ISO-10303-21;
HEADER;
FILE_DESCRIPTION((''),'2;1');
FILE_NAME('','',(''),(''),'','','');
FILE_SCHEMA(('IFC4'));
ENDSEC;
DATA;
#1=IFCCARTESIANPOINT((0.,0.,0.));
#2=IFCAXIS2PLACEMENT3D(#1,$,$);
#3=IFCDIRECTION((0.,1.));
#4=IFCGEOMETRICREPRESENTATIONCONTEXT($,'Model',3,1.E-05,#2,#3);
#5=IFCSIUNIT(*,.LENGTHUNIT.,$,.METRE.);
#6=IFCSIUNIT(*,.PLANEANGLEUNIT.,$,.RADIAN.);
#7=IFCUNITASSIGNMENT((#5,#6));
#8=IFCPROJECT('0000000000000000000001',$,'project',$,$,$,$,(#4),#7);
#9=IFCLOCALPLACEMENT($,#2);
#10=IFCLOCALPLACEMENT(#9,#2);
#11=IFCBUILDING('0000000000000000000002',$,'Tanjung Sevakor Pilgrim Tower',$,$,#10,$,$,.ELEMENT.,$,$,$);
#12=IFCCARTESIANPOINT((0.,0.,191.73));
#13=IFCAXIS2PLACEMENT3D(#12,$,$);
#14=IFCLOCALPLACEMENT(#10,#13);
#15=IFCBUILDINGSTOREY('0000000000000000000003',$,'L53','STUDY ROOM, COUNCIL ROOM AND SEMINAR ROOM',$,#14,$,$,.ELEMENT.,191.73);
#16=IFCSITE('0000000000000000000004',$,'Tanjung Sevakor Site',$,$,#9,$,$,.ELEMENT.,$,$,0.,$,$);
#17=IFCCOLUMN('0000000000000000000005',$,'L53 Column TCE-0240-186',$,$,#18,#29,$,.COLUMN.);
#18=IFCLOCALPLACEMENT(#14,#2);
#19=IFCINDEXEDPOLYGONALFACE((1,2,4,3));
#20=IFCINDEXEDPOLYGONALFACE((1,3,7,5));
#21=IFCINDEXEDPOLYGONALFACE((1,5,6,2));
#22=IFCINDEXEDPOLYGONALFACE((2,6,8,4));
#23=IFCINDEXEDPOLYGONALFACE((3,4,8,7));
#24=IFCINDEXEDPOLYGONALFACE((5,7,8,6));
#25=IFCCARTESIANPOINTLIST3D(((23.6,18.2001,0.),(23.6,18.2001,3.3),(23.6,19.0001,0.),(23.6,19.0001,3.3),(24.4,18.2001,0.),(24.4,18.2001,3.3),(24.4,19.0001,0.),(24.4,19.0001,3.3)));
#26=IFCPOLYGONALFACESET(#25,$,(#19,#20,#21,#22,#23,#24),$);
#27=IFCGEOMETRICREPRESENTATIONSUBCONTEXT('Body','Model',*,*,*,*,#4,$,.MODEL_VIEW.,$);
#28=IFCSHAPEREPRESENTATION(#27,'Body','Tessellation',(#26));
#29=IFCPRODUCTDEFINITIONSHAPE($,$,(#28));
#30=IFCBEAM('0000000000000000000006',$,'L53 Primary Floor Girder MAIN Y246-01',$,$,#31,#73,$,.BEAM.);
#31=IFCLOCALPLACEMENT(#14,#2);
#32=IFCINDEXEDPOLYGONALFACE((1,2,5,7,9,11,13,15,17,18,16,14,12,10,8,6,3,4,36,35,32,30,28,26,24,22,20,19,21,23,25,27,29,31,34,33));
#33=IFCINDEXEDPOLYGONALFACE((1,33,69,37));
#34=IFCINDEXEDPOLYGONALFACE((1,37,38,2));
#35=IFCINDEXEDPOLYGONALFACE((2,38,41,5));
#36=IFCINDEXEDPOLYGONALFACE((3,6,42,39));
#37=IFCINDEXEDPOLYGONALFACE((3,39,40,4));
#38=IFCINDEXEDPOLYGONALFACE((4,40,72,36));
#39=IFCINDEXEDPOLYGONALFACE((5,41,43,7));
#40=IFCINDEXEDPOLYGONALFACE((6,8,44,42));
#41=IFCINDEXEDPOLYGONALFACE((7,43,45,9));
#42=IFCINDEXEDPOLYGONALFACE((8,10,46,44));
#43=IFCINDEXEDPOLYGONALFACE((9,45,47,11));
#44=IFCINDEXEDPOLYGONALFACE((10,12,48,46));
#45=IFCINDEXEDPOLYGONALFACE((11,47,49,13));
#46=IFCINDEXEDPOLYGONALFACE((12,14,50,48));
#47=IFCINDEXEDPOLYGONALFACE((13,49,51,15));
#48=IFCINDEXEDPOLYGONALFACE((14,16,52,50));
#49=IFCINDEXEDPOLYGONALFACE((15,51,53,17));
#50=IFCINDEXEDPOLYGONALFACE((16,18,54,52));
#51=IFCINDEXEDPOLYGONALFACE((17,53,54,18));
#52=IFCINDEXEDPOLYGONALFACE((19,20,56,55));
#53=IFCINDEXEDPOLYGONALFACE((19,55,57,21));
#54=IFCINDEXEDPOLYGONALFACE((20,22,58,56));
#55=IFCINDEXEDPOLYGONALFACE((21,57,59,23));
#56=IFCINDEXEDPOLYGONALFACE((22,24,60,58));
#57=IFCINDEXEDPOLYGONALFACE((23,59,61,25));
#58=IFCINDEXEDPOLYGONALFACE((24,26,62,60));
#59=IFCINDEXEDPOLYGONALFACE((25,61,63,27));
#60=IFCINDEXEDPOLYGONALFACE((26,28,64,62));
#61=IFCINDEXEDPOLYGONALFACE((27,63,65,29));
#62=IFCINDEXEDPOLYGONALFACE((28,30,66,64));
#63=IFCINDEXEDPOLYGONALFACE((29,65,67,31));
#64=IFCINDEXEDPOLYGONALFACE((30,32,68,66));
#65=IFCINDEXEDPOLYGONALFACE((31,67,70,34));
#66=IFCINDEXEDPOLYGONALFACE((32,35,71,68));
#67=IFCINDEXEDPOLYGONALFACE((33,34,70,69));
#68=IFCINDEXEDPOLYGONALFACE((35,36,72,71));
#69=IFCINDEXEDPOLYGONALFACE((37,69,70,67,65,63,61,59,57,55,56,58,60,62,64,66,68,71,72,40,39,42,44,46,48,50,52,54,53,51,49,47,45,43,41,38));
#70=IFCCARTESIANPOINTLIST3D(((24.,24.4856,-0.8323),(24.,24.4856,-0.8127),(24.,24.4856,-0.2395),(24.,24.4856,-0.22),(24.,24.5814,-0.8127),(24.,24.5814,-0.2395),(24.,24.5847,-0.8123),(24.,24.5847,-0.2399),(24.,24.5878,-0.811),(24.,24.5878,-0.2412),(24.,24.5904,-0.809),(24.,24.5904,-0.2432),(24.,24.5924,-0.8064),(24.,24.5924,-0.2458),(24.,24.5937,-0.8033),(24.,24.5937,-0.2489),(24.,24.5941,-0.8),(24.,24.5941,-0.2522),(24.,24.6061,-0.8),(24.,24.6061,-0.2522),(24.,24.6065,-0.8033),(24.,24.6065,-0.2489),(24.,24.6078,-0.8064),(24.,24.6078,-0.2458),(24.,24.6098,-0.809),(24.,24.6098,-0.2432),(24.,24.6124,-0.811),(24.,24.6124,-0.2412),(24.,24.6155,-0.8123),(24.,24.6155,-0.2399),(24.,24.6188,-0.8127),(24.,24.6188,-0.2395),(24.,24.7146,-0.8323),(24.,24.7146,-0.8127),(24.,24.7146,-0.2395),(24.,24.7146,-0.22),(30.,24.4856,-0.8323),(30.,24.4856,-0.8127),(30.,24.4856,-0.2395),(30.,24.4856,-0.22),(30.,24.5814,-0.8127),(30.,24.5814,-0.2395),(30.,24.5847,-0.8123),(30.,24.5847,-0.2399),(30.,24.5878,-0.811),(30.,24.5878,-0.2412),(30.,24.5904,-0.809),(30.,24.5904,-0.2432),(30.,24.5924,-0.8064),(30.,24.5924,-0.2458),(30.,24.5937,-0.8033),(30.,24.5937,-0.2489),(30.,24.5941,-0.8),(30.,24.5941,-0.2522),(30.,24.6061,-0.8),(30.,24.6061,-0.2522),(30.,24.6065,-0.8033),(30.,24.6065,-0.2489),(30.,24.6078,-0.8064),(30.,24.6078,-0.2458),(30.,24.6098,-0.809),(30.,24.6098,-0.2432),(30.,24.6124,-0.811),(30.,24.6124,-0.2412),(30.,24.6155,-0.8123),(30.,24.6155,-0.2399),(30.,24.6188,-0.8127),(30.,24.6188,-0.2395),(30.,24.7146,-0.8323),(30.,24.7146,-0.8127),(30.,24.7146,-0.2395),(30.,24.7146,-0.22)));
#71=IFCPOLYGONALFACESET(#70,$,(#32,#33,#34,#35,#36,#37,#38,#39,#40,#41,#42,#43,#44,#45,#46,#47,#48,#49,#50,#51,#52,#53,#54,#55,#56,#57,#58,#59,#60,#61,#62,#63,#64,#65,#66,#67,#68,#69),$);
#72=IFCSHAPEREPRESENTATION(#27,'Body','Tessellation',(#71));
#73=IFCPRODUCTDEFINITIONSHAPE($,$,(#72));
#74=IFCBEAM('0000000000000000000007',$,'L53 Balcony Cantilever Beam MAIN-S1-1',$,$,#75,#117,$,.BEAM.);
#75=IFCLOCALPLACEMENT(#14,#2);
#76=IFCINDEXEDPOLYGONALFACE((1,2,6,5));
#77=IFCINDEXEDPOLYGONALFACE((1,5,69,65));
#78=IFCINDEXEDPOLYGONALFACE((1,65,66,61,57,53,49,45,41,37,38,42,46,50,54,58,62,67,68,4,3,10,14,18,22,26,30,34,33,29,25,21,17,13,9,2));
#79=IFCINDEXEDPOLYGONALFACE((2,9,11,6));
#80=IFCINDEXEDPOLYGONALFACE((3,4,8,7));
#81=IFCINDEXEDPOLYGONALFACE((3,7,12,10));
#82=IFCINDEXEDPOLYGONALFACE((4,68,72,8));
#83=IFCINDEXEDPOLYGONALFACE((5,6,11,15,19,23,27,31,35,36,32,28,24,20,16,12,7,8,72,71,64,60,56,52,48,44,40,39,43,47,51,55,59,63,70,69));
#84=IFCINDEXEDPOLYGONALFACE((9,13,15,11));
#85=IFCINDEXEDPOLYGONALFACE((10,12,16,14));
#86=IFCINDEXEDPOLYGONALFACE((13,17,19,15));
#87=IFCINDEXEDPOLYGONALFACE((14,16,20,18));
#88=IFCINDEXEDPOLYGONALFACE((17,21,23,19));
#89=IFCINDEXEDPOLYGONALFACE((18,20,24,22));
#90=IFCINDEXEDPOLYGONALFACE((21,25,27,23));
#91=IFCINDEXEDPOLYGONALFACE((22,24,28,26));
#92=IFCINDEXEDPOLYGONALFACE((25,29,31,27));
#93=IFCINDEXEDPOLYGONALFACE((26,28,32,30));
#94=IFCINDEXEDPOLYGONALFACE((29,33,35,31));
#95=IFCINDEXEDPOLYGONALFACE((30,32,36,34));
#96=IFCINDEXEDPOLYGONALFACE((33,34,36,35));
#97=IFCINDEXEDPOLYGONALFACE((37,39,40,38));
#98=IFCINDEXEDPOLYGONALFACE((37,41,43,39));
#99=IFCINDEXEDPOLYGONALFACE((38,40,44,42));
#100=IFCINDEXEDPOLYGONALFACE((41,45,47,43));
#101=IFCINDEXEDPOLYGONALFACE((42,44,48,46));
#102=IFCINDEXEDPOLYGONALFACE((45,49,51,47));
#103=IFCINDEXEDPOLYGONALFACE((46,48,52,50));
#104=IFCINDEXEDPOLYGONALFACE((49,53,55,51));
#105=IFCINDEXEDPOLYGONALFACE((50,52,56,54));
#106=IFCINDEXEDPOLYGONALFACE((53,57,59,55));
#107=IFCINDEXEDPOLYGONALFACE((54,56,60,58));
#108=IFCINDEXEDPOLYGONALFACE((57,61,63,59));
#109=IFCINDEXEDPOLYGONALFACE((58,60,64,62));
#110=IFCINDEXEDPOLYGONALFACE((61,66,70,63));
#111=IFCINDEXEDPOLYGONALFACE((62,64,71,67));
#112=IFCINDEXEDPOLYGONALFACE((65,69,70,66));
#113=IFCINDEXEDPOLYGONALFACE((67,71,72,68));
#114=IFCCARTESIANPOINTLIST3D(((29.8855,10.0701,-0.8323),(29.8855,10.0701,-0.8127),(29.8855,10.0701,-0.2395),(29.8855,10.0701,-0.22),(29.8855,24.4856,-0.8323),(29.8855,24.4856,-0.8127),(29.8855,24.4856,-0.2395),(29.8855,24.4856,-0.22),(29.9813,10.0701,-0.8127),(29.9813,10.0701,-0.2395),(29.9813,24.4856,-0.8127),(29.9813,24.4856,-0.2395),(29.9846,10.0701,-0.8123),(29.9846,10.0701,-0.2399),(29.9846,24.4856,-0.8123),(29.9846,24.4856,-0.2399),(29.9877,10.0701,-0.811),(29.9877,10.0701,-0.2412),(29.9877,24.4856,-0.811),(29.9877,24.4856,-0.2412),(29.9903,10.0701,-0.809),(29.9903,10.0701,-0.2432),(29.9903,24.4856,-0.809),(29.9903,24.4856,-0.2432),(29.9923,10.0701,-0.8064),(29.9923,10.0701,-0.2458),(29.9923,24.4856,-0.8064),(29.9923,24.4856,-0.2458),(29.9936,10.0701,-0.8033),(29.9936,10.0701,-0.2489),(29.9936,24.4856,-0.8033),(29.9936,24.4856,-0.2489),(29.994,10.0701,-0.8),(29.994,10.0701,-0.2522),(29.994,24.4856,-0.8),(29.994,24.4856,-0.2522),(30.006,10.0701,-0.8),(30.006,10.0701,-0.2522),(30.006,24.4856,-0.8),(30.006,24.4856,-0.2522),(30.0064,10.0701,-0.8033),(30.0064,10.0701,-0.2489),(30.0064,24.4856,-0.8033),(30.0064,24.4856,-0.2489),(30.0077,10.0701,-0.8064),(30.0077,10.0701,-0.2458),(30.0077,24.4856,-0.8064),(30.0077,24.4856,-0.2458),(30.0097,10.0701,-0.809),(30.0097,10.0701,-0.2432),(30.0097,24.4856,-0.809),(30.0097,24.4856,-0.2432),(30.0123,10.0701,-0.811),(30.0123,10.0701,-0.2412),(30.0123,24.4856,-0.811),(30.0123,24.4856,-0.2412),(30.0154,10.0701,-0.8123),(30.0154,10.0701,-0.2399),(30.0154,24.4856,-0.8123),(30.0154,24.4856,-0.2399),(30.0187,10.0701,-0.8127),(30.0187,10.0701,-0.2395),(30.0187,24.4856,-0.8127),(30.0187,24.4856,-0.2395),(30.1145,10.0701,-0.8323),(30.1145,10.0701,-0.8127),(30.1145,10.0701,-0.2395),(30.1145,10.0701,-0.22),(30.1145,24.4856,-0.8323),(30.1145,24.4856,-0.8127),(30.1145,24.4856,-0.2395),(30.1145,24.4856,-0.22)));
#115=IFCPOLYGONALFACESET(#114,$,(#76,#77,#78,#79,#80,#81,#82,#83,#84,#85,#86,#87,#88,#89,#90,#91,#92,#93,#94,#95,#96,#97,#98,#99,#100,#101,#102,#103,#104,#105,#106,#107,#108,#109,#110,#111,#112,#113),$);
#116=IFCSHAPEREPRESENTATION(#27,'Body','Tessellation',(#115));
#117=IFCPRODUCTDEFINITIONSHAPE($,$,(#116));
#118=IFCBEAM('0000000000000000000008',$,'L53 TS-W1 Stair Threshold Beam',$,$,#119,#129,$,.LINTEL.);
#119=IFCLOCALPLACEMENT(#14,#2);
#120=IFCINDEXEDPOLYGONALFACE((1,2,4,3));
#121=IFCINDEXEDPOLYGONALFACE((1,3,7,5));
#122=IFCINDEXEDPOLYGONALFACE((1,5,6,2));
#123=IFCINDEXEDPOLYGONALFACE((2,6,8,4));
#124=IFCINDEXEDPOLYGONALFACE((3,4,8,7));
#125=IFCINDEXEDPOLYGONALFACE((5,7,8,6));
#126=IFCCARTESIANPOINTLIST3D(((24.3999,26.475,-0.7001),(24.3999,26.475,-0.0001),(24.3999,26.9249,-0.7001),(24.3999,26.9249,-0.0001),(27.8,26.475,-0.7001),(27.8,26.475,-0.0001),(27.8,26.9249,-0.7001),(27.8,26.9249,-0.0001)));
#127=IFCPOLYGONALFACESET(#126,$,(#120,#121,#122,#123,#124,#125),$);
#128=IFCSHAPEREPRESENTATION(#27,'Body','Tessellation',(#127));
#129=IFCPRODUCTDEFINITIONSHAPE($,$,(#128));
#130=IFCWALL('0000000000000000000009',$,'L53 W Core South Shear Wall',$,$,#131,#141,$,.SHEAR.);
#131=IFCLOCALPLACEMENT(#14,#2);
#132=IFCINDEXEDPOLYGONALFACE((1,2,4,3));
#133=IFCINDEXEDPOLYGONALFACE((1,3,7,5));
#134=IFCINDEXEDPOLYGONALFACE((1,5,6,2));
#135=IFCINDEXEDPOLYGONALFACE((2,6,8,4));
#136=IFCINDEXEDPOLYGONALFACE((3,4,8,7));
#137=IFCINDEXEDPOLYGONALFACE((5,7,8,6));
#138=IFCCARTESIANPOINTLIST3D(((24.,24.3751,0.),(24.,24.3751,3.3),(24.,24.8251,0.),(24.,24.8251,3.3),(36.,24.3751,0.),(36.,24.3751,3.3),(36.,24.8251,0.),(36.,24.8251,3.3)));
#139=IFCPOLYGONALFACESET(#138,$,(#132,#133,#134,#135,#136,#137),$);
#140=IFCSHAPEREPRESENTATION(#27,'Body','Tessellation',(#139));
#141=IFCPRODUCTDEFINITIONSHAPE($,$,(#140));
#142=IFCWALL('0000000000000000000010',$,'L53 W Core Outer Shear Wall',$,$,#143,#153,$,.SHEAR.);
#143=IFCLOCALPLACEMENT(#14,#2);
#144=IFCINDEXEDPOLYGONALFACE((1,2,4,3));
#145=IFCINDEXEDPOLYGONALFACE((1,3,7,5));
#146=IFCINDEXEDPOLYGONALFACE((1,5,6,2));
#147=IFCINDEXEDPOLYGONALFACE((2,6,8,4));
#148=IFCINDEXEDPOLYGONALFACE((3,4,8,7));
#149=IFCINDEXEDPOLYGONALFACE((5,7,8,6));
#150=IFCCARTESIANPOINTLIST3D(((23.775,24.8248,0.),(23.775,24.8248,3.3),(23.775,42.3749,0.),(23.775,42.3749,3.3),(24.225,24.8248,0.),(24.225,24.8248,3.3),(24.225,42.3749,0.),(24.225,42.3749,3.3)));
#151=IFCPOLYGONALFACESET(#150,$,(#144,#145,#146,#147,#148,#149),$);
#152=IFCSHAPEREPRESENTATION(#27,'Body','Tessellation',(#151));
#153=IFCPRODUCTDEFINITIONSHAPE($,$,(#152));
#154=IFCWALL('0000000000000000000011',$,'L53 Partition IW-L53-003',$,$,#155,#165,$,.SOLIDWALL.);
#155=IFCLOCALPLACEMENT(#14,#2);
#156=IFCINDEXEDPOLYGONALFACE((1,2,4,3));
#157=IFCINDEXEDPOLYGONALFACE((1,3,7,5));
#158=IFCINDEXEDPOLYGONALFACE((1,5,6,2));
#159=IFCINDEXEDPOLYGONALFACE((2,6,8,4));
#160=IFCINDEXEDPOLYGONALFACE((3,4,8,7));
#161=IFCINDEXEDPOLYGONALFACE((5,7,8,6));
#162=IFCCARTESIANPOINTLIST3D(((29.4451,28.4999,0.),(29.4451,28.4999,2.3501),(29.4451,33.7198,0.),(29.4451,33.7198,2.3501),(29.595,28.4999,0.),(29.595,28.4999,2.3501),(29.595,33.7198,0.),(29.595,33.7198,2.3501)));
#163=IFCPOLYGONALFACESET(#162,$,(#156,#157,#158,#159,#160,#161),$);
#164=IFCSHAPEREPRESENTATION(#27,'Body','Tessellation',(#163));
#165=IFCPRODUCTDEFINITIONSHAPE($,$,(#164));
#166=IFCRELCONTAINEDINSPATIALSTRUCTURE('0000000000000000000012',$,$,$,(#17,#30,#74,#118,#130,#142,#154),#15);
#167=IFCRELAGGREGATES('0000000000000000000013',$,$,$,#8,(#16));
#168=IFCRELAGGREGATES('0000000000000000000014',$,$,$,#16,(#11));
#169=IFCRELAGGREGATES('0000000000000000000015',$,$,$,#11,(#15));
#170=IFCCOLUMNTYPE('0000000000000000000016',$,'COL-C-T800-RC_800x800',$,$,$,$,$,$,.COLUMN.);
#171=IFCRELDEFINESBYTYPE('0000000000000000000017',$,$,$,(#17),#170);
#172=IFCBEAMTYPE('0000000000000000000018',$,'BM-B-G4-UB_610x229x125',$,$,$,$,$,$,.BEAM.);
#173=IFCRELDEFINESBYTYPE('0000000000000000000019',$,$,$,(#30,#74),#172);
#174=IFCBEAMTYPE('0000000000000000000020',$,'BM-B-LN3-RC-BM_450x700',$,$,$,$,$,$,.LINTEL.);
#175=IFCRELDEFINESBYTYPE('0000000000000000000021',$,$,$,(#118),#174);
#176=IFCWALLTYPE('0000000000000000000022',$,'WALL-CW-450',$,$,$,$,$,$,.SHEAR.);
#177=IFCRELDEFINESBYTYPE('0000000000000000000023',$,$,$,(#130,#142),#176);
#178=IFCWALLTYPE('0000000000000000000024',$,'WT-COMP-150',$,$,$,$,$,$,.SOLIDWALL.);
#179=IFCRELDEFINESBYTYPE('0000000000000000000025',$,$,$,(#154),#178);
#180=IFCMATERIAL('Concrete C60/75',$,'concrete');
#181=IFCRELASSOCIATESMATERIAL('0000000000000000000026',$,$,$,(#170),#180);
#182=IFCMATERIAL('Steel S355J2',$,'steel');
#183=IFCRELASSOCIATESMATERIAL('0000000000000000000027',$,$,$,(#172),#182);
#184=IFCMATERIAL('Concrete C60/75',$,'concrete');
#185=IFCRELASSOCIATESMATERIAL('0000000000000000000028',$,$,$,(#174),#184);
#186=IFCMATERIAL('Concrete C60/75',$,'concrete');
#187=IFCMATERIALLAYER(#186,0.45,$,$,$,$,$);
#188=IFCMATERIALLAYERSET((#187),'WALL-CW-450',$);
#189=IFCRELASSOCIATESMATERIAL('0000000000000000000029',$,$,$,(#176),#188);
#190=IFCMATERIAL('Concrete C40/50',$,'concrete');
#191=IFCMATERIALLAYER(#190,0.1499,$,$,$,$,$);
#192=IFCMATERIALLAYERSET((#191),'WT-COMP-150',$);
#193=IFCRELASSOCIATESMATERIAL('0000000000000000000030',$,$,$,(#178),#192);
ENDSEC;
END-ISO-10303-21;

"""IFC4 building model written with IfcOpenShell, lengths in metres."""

from ifc_helpers import new_model, si_unit, direction, frame, frame_2d, origin, origin_2d, place, context, subcontext, project, spatial, rectangle, i_section, extrude, material, layer, layer_set, material_profile, profile_set, type_object, element, save


model = new_model("IFC4")

# Units and contexts
model_context = context("Model", 3, precision=1e-05, world=origin(), true_north=direction((0.0, 1.0)))
body_context = subcontext(model_context, "Body", "Model", "MODEL_VIEW")
ifc_project = project(units=[si_unit("LENGTHUNIT", "METRE"), si_unit("PLANEANGLEUNIT", "RADIAN")], contexts=[model_context])

# Site, building, storey
site_placement = place(None, origin())
site = spatial("IfcSite", under=ifc_project, at=site_placement, Name="Tanjung Sevakor Site", CompositionType="ELEMENT", RefElevation=0.0)
building_placement = place(site_placement, origin())
building = spatial("IfcBuilding", under=site, at=building_placement, Name="Tanjung Sevakor Pilgrim Tower", CompositionType="ELEMENT")
storey_placement = place(building_placement, frame((0.0, 0.0, 191.73)))
storey = spatial("IfcBuildingStorey", under=building, at=storey_placement, Name="L53", Description="STUDY ROOM, COUNCIL ROOM AND SEMINAR ROOM", CompositionType="ELEMENT", Elevation=191.73)

# Column
ifc_material_1 = material(Name="Concrete C60/75", Category="concrete")
ifc_material_profile_1 = material_profile(ifc_material_1, rectangle(XDim=0.8, YDim=0.8, at=origin_2d()))
ifc_profile_set_1 = profile_set([ifc_material_profile_1], Name="Concrete C60/75")
column_type = type_object("IfcColumnType", Name="COL-C-T800-RC_800x800", PredefinedType="COLUMN", material=ifc_profile_set_1)
column_placement = place(storey_placement, frame((24.0, 18.6001, 0.0), z_axis=(0.0, 0.0, 1.0), x_axis=(1.0, 0.0, 0.0)))
element("IfcColumn", 1, at=column_placement, inside=storey, type_object=column_type, Name="L53 Column TCE-0240-186", PredefinedType="COLUMN", context=body_context, shape_type="SweptSolid", body=[
    extrude(rectangle(XDim=0.8, YDim=0.8, at=origin_2d()), origin(), (0.0, 0.0, 1.0), 3.3),
])

# Beams
ifc_material_2 = material(Name="Steel S355J2", Category="steel")
ifc_material_profile_2 = material_profile(ifc_material_2, i_section(OverallWidth=0.229, OverallDepth=0.6123, WebThickness=0.012, FlangeThickness=0.0195, FilletRadius=0.0127, at=origin_2d()))
ifc_profile_set_2 = profile_set([ifc_material_profile_2], Name="Steel S355J2")
beam_type_1 = type_object("IfcBeamType", Name="BM-B-G4-UB_610x229x125", PredefinedType="BEAM", material=ifc_profile_set_2)
beam_1_placement = place(storey_placement, frame((24.0, 24.6001, -0.5261), z_axis=(1.0, 0.0, 0.0), x_axis=(0.0, 1.0, 0.0)))
element("IfcBeam", 2, at=beam_1_placement, inside=storey, type_object=beam_type_1, Name="L53 Primary Floor Girder MAIN Y246-01", PredefinedType="BEAM", context=body_context, shape_type="SweptSolid", body=[
    extrude(i_section(OverallWidth=0.229, OverallDepth=0.6123, WebThickness=0.012, FlangeThickness=0.0195, FilletRadius=0.0127, at=origin_2d()), origin(), (0.0, 0.0, 1.0), 6.0),
])
beam_2_placement = place(storey_placement, frame((30.0, 24.4856, -0.5261), z_axis=(0.0, -1.0, 0.0), x_axis=(1.0, 0.0, 0.0)))
element("IfcBeam", 3, at=beam_2_placement, inside=storey, type_object=beam_type_1, Name="L53 Balcony Cantilever Beam MAIN-S1-1", PredefinedType="BEAM", context=body_context, shape_type="SweptSolid", body=[
    extrude(i_section(OverallWidth=0.229, OverallDepth=0.6123, WebThickness=0.012, FlangeThickness=0.0195, FilletRadius=0.0127, at=origin_2d()), origin(), (0.0, 0.0, 1.0), 14.4155),
])
ifc_material_3 = material(Name="Concrete C60/75", Category="concrete")
ifc_material_profile_3 = material_profile(ifc_material_3, rectangle(XDim=0.45, YDim=0.7, at=origin_2d()))
ifc_profile_set_3 = profile_set([ifc_material_profile_3], Name="Concrete C60/75")
beam_type_2 = type_object("IfcBeamType", Name="BM-B-LN3-RC-BM_450x700", PredefinedType="LINTEL", material=ifc_profile_set_3)
beam_3_placement = place(storey_placement, frame((24.3999, 26.7, -0.3501), z_axis=(1.0, 0.0, 0.0), x_axis=(0.0, 1.0, 0.0)))
element("IfcBeam", 4, at=beam_3_placement, inside=storey, type_object=beam_type_2, Name="L53 TS-W1 Stair Threshold Beam", PredefinedType="LINTEL", context=body_context, shape_type="SweptSolid", body=[
    extrude(rectangle(XDim=0.45, YDim=0.7, at=origin_2d()), origin(), (0.0, 0.0, 1.0), 3.4001),
])

# Walls
ifc_material_4 = material(Name="Concrete C60/75", Category="concrete")
ifc_layer_1 = layer(ifc_material_4, 0.45)
ifc_layer_set_1 = layer_set([ifc_layer_1], Name="WALL-CW-450")
wall_type_1 = type_object("IfcWallType", Name="WALL-CW-450", PredefinedType="SHEAR", material=ifc_layer_set_1)
wall_1_placement = place(storey_placement, frame((24.0, 24.6001, 0.0), z_axis=(0.0, 0.0, 1.0), x_axis=(1.0, 0.0, 0.0)))
element("IfcWall", 5, at=wall_1_placement, inside=storey, type_object=wall_type_1, Name="L53 W Core South Shear Wall", PredefinedType="SHEAR", context=body_context, shape_type="SweptSolid", body=[
    extrude(rectangle(XDim=12.0, YDim=0.45, at=frame_2d((6.0, 0.0))), origin(), (0.0, 0.0, 1.0), 3.3),
])
wall_2_placement = place(storey_placement, frame((24.0, 24.825, 0.0), z_axis=(0.0, 0.0, 1.0), x_axis=(0.0, 1.0, 0.0)))
element("IfcWall", 6, at=wall_2_placement, inside=storey, type_object=wall_type_1, Name="L53 W Core Outer Shear Wall", PredefinedType="SHEAR", context=body_context, shape_type="SweptSolid", body=[
    extrude(rectangle(XDim=17.55, YDim=0.45, at=frame_2d((8.7749, 0.0))), origin(), (0.0, 0.0, 1.0), 3.3),
])

# Wall
ifc_material_5 = material(Name="Concrete C40/50", Category="concrete")
ifc_layer_2 = layer(ifc_material_5, 0.1499)
ifc_layer_set_2 = layer_set([ifc_layer_2], Name="WT-COMP-150")
wall_type_2 = type_object("IfcWallType", Name="WT-COMP-150", PredefinedType="SOLIDWALL", material=ifc_layer_set_2)
wall_3_placement = place(storey_placement, frame((29.52, 28.5, 0.0), z_axis=(0.0, 0.0, 1.0), x_axis=(0.0, 1.0, 0.0)))
element("IfcWall", 7, at=wall_3_placement, inside=storey, type_object=wall_type_2, Name="L53 Partition IW-L53-003", PredefinedType="SOLIDWALL", context=body_context, shape_type="SweptSolid", body=[
    extrude(rectangle(XDim=5.22, YDim=0.1499, at=frame_2d((2.6099, 0.0))), origin(), (0.0, 0.0, 1.0), 2.3501),
])

save(model, "model.ifc")
